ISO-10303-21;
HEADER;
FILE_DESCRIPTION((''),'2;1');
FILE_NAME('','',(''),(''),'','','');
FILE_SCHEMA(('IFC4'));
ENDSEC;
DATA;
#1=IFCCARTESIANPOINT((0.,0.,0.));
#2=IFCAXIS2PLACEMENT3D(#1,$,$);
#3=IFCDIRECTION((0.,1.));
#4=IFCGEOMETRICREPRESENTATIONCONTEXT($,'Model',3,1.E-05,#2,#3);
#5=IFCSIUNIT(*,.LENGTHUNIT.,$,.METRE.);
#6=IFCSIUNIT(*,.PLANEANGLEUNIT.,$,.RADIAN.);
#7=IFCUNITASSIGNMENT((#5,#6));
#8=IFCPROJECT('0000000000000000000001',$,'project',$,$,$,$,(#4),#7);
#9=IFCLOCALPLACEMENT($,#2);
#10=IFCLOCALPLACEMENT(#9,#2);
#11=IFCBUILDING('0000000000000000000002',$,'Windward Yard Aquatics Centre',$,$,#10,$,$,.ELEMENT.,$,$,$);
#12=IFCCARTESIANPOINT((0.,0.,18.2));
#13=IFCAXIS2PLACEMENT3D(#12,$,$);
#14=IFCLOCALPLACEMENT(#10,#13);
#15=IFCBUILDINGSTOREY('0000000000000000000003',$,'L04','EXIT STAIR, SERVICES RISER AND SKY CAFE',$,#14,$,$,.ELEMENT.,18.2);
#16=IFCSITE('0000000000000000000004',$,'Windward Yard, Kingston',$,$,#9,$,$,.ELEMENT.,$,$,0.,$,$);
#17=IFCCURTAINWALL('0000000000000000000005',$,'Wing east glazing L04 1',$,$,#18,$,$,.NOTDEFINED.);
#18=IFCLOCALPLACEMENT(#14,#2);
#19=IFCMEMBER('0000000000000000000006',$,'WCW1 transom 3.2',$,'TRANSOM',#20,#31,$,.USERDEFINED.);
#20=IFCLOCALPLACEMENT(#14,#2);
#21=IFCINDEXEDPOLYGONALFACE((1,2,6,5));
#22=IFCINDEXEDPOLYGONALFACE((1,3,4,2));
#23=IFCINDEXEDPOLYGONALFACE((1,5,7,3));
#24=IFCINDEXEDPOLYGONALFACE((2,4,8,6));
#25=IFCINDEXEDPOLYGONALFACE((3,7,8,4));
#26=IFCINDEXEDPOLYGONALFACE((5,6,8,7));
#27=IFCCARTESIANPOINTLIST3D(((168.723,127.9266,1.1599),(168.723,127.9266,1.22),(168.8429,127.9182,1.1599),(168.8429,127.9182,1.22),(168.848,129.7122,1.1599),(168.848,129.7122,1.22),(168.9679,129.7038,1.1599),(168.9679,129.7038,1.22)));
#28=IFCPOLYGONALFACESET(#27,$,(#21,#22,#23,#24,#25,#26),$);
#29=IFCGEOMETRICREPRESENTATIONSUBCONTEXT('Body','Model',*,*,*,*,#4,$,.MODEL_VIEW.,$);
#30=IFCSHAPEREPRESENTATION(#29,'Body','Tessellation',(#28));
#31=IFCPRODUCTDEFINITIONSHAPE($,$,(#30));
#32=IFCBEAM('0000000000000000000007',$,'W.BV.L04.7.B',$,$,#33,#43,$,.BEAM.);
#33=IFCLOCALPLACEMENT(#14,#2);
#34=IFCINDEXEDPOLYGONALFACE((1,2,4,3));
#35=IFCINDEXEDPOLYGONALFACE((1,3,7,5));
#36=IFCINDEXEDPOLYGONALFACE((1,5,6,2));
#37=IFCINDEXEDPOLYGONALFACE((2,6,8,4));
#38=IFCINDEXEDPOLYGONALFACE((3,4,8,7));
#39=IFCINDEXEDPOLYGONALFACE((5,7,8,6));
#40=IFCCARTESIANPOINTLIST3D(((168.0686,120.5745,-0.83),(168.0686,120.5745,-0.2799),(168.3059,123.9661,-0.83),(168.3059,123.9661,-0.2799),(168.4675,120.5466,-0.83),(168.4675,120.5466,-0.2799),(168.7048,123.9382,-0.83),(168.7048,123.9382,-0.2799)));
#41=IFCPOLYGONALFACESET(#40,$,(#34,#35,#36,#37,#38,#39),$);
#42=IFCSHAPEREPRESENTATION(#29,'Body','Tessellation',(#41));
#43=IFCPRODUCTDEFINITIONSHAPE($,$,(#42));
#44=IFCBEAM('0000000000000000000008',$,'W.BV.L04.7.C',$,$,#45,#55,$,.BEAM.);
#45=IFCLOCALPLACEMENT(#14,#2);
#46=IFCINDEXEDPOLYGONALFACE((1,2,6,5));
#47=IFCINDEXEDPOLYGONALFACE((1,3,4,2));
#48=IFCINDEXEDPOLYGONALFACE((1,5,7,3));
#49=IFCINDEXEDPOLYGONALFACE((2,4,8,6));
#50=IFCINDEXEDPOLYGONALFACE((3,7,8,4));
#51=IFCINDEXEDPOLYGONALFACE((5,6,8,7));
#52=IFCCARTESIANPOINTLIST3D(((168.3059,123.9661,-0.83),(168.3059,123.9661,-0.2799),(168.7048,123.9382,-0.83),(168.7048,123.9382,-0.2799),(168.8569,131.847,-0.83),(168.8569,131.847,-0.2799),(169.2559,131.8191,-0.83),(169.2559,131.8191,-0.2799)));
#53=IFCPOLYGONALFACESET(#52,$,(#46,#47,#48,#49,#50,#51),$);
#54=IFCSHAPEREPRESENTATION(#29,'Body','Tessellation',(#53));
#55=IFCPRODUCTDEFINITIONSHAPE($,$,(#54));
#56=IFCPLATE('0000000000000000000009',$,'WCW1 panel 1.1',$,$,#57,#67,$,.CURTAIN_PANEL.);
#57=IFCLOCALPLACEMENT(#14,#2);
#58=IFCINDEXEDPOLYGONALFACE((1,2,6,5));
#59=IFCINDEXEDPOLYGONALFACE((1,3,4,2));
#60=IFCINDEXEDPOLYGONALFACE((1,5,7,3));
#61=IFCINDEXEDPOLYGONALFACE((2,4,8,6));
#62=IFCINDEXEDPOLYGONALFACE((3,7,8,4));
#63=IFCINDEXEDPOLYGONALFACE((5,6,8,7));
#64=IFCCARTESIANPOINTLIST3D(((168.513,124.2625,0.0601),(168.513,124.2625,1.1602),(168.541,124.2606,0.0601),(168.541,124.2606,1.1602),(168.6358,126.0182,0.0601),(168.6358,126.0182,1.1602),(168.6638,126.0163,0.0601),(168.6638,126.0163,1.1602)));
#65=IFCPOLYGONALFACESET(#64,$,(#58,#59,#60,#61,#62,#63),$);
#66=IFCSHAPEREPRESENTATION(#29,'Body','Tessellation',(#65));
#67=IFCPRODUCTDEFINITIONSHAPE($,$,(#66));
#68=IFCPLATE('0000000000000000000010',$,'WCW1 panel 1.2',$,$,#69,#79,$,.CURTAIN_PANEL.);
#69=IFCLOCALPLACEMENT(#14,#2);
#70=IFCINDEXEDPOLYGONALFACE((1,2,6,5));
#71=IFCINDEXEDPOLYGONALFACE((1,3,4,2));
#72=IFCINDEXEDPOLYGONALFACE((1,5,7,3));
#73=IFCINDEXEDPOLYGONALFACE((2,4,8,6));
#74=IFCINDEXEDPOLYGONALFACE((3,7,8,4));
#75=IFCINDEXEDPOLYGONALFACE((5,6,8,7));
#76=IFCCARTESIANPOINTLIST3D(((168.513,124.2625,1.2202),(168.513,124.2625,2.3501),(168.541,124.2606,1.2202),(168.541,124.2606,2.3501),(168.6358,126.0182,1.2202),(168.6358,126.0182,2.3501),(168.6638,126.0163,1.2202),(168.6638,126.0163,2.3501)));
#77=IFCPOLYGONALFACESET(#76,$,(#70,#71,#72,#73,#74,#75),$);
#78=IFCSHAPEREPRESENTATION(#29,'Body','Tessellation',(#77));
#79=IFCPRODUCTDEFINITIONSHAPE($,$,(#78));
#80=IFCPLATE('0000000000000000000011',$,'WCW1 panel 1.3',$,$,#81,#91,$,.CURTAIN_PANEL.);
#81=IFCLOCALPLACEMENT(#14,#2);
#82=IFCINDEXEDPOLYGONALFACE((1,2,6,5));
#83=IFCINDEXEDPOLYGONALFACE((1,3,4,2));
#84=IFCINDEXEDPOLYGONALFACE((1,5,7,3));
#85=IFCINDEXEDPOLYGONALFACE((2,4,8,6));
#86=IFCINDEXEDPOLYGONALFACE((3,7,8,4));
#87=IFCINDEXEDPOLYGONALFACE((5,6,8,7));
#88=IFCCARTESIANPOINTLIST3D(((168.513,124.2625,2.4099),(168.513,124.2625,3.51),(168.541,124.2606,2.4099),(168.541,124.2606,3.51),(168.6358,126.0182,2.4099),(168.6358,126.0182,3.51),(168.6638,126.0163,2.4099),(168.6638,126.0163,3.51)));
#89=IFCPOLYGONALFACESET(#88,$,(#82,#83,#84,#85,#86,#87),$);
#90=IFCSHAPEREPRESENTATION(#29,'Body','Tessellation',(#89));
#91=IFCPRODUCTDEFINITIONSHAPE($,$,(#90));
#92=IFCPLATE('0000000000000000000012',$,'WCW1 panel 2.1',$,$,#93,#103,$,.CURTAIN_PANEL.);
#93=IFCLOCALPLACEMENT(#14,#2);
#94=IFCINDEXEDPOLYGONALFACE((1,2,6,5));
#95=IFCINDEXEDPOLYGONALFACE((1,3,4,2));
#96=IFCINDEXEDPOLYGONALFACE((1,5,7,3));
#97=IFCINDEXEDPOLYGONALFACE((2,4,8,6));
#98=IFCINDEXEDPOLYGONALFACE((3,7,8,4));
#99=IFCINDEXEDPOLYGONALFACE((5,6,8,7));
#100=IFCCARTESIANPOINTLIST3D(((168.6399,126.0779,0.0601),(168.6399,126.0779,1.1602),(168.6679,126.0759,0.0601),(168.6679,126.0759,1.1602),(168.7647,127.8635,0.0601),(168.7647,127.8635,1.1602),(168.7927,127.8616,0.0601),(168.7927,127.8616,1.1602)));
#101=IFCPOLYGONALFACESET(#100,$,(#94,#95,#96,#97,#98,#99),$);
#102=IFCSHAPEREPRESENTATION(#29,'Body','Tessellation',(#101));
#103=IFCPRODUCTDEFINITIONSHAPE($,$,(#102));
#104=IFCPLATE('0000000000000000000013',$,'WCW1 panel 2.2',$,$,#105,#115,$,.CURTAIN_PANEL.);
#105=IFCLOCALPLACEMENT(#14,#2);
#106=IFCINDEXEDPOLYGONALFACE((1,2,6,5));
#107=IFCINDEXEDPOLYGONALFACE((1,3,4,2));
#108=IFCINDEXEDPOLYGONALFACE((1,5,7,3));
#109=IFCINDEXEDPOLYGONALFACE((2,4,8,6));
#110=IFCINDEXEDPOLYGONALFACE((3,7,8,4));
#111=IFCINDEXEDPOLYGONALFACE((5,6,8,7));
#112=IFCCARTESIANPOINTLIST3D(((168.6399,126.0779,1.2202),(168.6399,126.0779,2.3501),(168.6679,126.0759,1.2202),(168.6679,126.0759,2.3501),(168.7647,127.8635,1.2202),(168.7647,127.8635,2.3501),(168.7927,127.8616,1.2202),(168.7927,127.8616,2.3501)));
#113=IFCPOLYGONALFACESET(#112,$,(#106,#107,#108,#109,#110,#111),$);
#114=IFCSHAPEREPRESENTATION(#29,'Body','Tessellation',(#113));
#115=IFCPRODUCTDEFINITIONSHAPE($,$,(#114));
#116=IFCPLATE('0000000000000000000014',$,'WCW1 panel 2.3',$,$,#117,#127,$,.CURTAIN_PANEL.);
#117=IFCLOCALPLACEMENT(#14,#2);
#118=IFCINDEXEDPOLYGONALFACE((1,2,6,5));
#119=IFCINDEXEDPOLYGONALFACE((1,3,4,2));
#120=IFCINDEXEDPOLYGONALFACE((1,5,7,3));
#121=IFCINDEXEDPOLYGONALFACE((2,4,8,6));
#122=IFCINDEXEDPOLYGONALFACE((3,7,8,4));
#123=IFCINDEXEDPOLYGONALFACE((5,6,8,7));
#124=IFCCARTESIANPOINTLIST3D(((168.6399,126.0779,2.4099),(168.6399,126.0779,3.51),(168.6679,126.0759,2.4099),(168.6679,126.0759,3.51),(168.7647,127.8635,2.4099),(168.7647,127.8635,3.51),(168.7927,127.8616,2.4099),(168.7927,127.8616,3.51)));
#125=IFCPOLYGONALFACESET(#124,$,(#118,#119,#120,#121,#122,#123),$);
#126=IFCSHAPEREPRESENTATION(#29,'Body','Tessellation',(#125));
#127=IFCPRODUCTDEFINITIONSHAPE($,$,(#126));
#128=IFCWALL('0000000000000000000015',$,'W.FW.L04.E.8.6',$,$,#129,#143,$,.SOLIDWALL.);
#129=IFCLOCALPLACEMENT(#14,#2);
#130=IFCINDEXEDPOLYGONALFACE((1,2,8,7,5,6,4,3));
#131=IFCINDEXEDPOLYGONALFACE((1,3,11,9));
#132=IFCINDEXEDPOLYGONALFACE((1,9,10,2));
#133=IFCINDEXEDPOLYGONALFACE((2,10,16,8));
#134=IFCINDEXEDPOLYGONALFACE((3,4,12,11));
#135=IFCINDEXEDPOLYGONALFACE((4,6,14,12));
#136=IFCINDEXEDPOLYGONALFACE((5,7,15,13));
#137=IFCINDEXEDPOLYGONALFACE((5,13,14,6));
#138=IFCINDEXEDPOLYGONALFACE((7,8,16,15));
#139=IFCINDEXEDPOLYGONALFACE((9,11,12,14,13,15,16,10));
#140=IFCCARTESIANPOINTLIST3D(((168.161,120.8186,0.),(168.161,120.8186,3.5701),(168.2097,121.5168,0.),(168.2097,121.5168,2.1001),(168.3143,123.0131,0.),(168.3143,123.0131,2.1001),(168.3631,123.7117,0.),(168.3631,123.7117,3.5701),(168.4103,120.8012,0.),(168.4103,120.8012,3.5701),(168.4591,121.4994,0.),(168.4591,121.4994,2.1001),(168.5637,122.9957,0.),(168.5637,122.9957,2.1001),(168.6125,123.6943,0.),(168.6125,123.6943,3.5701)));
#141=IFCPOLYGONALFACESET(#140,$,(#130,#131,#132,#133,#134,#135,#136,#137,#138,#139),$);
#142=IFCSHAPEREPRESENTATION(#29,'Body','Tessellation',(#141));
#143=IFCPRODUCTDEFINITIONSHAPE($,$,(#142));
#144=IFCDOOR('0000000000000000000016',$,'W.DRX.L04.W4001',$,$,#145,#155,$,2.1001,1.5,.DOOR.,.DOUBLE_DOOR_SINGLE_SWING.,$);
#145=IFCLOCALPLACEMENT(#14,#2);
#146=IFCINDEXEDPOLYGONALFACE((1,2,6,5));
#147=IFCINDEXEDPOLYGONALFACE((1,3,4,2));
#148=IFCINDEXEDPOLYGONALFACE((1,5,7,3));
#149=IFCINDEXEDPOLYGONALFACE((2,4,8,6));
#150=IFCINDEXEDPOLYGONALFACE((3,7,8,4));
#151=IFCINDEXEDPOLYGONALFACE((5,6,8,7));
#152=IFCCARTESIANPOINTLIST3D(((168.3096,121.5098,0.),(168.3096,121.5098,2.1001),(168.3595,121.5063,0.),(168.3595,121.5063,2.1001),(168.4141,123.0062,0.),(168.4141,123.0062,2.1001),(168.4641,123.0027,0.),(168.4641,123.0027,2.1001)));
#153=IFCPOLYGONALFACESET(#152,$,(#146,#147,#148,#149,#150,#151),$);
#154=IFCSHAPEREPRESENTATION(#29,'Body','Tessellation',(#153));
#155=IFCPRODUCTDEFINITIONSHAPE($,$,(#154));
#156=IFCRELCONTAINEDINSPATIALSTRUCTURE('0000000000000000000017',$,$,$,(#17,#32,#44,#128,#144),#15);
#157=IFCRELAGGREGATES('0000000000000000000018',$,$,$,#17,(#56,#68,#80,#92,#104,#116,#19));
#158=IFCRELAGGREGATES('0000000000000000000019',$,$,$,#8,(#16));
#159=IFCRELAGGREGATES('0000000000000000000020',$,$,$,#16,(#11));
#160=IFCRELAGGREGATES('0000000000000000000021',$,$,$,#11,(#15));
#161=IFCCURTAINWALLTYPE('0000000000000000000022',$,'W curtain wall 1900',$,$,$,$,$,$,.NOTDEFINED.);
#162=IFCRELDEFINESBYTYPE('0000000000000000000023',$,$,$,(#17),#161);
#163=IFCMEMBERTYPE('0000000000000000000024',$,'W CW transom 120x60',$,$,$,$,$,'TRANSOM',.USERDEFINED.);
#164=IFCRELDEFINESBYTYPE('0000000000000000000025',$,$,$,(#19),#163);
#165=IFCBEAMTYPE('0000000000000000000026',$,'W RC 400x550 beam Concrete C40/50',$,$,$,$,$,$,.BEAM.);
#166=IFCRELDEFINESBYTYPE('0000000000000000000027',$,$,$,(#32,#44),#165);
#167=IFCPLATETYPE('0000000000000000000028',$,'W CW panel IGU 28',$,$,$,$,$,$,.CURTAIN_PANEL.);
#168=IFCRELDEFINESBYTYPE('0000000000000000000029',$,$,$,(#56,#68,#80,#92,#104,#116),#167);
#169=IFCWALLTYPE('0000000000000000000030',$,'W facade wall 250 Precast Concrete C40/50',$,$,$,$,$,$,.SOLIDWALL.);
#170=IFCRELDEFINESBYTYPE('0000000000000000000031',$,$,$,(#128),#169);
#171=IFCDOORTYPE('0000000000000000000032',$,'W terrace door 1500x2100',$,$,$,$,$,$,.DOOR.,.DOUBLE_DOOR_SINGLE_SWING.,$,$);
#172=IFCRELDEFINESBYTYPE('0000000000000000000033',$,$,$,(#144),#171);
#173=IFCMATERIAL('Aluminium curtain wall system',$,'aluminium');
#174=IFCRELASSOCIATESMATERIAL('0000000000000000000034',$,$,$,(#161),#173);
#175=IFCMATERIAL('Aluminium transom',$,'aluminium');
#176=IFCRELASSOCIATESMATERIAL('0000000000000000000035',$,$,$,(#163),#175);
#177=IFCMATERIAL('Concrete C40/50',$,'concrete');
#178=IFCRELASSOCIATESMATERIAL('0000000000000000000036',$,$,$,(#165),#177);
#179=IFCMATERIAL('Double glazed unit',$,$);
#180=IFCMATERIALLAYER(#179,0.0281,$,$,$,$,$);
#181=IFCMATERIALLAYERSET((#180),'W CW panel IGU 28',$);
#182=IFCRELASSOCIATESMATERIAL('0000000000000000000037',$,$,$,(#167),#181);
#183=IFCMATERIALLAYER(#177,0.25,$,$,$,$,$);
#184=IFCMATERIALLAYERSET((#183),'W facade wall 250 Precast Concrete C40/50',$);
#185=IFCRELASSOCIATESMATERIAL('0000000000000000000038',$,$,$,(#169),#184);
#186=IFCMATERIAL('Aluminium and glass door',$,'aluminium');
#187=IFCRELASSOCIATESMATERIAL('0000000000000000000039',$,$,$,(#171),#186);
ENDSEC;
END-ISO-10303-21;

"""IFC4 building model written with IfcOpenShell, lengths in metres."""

from ifc_helpers import new_model, si_unit, direction, frame, frame_2d, origin, origin_2d, place, context, subcontext, project, spatial, rectangle, extrude, material, layer, layer_set, material_profile, profile_set, type_object, element, fill, aggregate, save


model = new_model("IFC4")

# Units and contexts
model_context = context("Model", 3, precision=1e-05, world=origin(), true_north=direction((0.0, 1.0)))
body_context = subcontext(model_context, "Body", "Model", "MODEL_VIEW")
ifc_project = project(units=[si_unit("LENGTHUNIT", "METRE"), si_unit("PLANEANGLEUNIT", "RADIAN")], contexts=[model_context])

# Site, building, storey
site_placement = place(None, origin())
site = spatial("IfcSite", under=ifc_project, at=site_placement, Name="Windward Yard, Kingston", CompositionType="ELEMENT", RefElevation=0.0)
building_placement = place(site_placement, origin())
building = spatial("IfcBuilding", under=site, at=building_placement, Name="Windward Yard Aquatics Centre", CompositionType="ELEMENT")
storey_placement = place(building_placement, frame((0.0, 0.0, 18.2)))
storey = spatial("IfcBuildingStorey", under=building, at=storey_placement, Name="L04", Description="EXIT STAIR, SERVICES RISER AND SKY CAFE", CompositionType="ELEMENT", Elevation=18.2)

# Curtain wall, member
ifc_material_1 = material(Name="Aluminium curtain wall system", Category="aluminium")
curtain_wall_type = type_object("IfcCurtainWallType", Name="W curtain wall 1900", PredefinedType="NOTDEFINED", material=ifc_material_1)
curtain_wall_placement = place(storey_placement, origin())
curtain_wall = element("IfcCurtainWall", 1, at=curtain_wall_placement, inside=storey, type_object=curtain_wall_type, Name="Wing east glazing L04 1", PredefinedType="NOTDEFINED")
ifc_material_2 = material(Name="Aluminium transom", Category="aluminium")
ifc_material_profile_1 = material_profile(ifc_material_2, rectangle(XDim=0.1201, YDim=0.0601, at=origin_2d()), Name="AL 120x60")
ifc_profile_set_1 = profile_set([ifc_material_profile_1], Name="Aluminium transom")
member_type_1 = type_object("IfcMemberType", Name="W CW transom 120x60", ElementType="TRANSOM", PredefinedType="USERDEFINED", material=ifc_profile_set_1)
member_1_placement = place(storey_placement, frame((168.783, 127.9224, 1.1899), z_axis=(0.069832, 0.997559, 0.0), x_axis=(-0.997559, 0.069832, 0.0)))
member_1 = element("IfcMember", 2, at=member_1_placement, type_object=member_type_1, Name="WCW1 transom 3.2", ObjectType="TRANSOM", PredefinedType="USERDEFINED", context=body_context, shape_type="SweptSolid", body=[
    extrude(rectangle(XDim=0.1201, YDim=0.0601, at=origin_2d()), origin(), (0.0, 0.0, 1.0), 1.79),
])

# Beams
ifc_material_3 = material(Name="Concrete C40/50", Category="concrete")
ifc_material_profile_2 = material_profile(ifc_material_3, rectangle(XDim=0.3999, YDim=0.55, at=origin_2d()), Name="RC 400x550")
ifc_profile_set_2 = profile_set([ifc_material_profile_2], Name="Concrete C40/50")
beam_type = type_object("IfcBeamType", Name="W RC 400x550 beam Concrete C40/50", PredefinedType="BEAM", material=ifc_profile_set_2)
beam_1_placement = place(storey_placement, frame((168.2681, 120.5605, -0.5549), z_axis=(0.069798, 0.997561, 0.0), x_axis=(-0.997561, 0.069798, 0.0)))
element("IfcBeam", 3, at=beam_1_placement, inside=storey, type_object=beam_type, Name="W.BV.L04.7.B", PredefinedType="BEAM", context=body_context, shape_type="SweptSolid", body=[
    extrude(rectangle(XDim=0.3999, YDim=0.55, at=origin_2d()), origin(), (0.0, 0.0, 1.0), 3.3999),
])
beam_2_placement = place(storey_placement, frame((168.5054, 123.9521, -0.5549), z_axis=(0.069749, 0.997565, 0.0), x_axis=(-0.997565, 0.069749, 0.0)))
element("IfcBeam", 4, at=beam_2_placement, inside=storey, type_object=beam_type, Name="W.BV.L04.7.C", PredefinedType="BEAM", context=body_context, shape_type="SweptSolid", body=[
    extrude(rectangle(XDim=0.3999, YDim=0.55, at=origin_2d()), origin(), (0.0, 0.0, 1.0), 7.9001),
])

# Plates
ifc_material_4 = material(Name="Double glazed unit")
ifc_layer_1 = layer(ifc_material_4, 0.0281)
ifc_layer_set_1 = layer_set([ifc_layer_1], Name="W CW panel IGU 28")
plate_type = type_object("IfcPlateType", Name="W CW panel IGU 28", PredefinedType="CURTAIN_PANEL", material=ifc_layer_set_1)
plate_1_placement = place(storey_placement, frame((168.5884, 125.1394, 0.0601), z_axis=(0.0, 0.0, 1.0), x_axis=(0.069757, 0.997564, 0.0)))
plate_1 = element("IfcPlate", 5, at=plate_1_placement, type_object=plate_type, Name="WCW1 panel 1.1", PredefinedType="CURTAIN_PANEL", context=body_context, shape_type="SweptSolid", body=[
    extrude(rectangle(XDim=1.76, YDim=0.0281, at=origin_2d()), origin(), (0.0, 0.0, 1.0), 1.1001),
])
plate_2_placement = place(storey_placement, frame((168.5884, 125.1394, 1.2202), z_axis=(0.0, 0.0, 1.0), x_axis=(0.069757, 0.997564, 0.0)))
plate_2 = element("IfcPlate", 6, at=plate_2_placement, type_object=plate_type, Name="WCW1 panel 1.2", PredefinedType="CURTAIN_PANEL", context=body_context, shape_type="SweptSolid", body=[
    extrude(rectangle(XDim=1.76, YDim=0.0281, at=origin_2d()), origin(), (0.0, 0.0, 1.0), 1.1299),
])
plate_3_placement = place(storey_placement, frame((168.5884, 125.1394, 2.4099), z_axis=(0.0, 0.0, 1.0), x_axis=(0.069757, 0.997564, 0.0)))
plate_3 = element("IfcPlate", 7, at=plate_3_placement, type_object=plate_type, Name="WCW1 panel 1.3", PredefinedType="CURTAIN_PANEL", context=body_context, shape_type="SweptSolid", body=[
    extrude(rectangle(XDim=1.76, YDim=0.0281, at=origin_2d()), origin(), (0.0, 0.0, 1.0), 1.1001),
])
plate_4_placement = place(storey_placement, frame((168.7163, 126.9697, 0.0601), z_axis=(0.0, 0.0, 1.0), x_axis=(0.069757, 0.997564, 0.0)))
plate_4 = element("IfcPlate", 8, at=plate_4_placement, type_object=plate_type, Name="WCW1 panel 2.1", PredefinedType="CURTAIN_PANEL", context=body_context, shape_type="SweptSolid", body=[
    extrude(rectangle(XDim=1.79, YDim=0.0281, at=origin_2d()), origin(), (0.0, 0.0, 1.0), 1.1001),
])
plate_5_placement = place(storey_placement, frame((168.7163, 126.9697, 1.2202), z_axis=(0.0, 0.0, 1.0), x_axis=(0.069757, 0.997564, 0.0)))
plate_5 = element("IfcPlate", 9, at=plate_5_placement, type_object=plate_type, Name="WCW1 panel 2.2", PredefinedType="CURTAIN_PANEL", context=body_context, shape_type="SweptSolid", body=[
    extrude(rectangle(XDim=1.79, YDim=0.0281, at=origin_2d()), origin(), (0.0, 0.0, 1.0), 1.1299),
])
plate_6_placement = place(storey_placement, frame((168.7163, 126.9697, 2.4099), z_axis=(0.0, 0.0, 1.0), x_axis=(0.069757, 0.997564, 0.0)))
plate_6 = element("IfcPlate", 10, at=plate_6_placement, type_object=plate_type, Name="WCW1 panel 2.3", PredefinedType="CURTAIN_PANEL", context=body_context, shape_type="SweptSolid", body=[
    extrude(rectangle(XDim=1.79, YDim=0.0281, at=origin_2d()), origin(), (0.0, 0.0, 1.0), 1.1001),
])
aggregate(curtain_wall, [plate_1, plate_2, plate_3, plate_4, plate_5, plate_6, member_1])

# Wall, opening, door
ifc_layer_2 = layer(ifc_material_3, 0.25)
ifc_layer_set_2 = layer_set([ifc_layer_2], Name="W facade wall 250 Precast Concrete C40/50")
wall_type = type_object("IfcWallType", Name="W facade wall 250 Precast Concrete C40/50", PredefinedType="SOLIDWALL", material=ifc_layer_set_2)
wall_placement = place(storey_placement, frame((168.2856, 120.8098, 0.0), z_axis=(0.0, 0.0, 1.0), x_axis=(0.069703, 0.997568, 0.0)))
wall = element("IfcWall", 11, at=wall_placement, inside=storey, type_object=wall_type, Name="W.FW.L04.E.8.6", PredefinedType="SOLIDWALL", context=body_context, shape_type="SweptSolid", body=[
    extrude(rectangle(XDim=2.9001, YDim=0.25, at=frame_2d((1.4502, 0.0))), origin(), (0.0, 0.0, 1.0), 3.5701),
])
opening_placement = place(wall_placement, frame((0.7, 0.0, 0.0)))
opening = element("IfcOpeningElement", 12, at=opening_placement, cuts=wall, PredefinedType="OPENING", context=body_context, shape_type="SweptSolid", body=[
    extrude(rectangle(XDim=1.5, YDim=2.1001, at=frame_2d((0.75, 1.05))), frame((0.0, 0.135, 0.0), z_axis=(0.0, -1.0, 0.0), x_axis=(1.0, 0.0, 0.0)), (0.0, 0.0, 1.0), 0.27),
])
ifc_material_5 = material(Name="Aluminium and glass door", Category="aluminium")
door_type = type_object("IfcDoorType", Name="W terrace door 1500x2100", OperationType="DOUBLE_DOOR_SINGLE_SWING", PredefinedType="DOOR", material=ifc_material_5)
door_placement = place(opening_placement, origin())
door = element("IfcDoor", 13, at=door_placement, inside=storey, type_object=door_type, Name="W.DRX.L04.W4001", OperationType="DOUBLE_DOOR_SINGLE_SWING", OverallHeight=2.1001, OverallWidth=1.5, PredefinedType="DOOR", context=body_context, shape_type="SweptSolid", body=[
    extrude(rectangle(XDim=1.5, YDim=2.1001, at=frame_2d((0.75, 1.05))), frame((0.0, 0.0249, 0.0), z_axis=(0.0, -1.0, 0.0), x_axis=(1.0, 0.0, 0.0)), (0.0, 0.0, 1.0), 0.05),
])
fill(opening, door)

save(model, "model.ifc")
